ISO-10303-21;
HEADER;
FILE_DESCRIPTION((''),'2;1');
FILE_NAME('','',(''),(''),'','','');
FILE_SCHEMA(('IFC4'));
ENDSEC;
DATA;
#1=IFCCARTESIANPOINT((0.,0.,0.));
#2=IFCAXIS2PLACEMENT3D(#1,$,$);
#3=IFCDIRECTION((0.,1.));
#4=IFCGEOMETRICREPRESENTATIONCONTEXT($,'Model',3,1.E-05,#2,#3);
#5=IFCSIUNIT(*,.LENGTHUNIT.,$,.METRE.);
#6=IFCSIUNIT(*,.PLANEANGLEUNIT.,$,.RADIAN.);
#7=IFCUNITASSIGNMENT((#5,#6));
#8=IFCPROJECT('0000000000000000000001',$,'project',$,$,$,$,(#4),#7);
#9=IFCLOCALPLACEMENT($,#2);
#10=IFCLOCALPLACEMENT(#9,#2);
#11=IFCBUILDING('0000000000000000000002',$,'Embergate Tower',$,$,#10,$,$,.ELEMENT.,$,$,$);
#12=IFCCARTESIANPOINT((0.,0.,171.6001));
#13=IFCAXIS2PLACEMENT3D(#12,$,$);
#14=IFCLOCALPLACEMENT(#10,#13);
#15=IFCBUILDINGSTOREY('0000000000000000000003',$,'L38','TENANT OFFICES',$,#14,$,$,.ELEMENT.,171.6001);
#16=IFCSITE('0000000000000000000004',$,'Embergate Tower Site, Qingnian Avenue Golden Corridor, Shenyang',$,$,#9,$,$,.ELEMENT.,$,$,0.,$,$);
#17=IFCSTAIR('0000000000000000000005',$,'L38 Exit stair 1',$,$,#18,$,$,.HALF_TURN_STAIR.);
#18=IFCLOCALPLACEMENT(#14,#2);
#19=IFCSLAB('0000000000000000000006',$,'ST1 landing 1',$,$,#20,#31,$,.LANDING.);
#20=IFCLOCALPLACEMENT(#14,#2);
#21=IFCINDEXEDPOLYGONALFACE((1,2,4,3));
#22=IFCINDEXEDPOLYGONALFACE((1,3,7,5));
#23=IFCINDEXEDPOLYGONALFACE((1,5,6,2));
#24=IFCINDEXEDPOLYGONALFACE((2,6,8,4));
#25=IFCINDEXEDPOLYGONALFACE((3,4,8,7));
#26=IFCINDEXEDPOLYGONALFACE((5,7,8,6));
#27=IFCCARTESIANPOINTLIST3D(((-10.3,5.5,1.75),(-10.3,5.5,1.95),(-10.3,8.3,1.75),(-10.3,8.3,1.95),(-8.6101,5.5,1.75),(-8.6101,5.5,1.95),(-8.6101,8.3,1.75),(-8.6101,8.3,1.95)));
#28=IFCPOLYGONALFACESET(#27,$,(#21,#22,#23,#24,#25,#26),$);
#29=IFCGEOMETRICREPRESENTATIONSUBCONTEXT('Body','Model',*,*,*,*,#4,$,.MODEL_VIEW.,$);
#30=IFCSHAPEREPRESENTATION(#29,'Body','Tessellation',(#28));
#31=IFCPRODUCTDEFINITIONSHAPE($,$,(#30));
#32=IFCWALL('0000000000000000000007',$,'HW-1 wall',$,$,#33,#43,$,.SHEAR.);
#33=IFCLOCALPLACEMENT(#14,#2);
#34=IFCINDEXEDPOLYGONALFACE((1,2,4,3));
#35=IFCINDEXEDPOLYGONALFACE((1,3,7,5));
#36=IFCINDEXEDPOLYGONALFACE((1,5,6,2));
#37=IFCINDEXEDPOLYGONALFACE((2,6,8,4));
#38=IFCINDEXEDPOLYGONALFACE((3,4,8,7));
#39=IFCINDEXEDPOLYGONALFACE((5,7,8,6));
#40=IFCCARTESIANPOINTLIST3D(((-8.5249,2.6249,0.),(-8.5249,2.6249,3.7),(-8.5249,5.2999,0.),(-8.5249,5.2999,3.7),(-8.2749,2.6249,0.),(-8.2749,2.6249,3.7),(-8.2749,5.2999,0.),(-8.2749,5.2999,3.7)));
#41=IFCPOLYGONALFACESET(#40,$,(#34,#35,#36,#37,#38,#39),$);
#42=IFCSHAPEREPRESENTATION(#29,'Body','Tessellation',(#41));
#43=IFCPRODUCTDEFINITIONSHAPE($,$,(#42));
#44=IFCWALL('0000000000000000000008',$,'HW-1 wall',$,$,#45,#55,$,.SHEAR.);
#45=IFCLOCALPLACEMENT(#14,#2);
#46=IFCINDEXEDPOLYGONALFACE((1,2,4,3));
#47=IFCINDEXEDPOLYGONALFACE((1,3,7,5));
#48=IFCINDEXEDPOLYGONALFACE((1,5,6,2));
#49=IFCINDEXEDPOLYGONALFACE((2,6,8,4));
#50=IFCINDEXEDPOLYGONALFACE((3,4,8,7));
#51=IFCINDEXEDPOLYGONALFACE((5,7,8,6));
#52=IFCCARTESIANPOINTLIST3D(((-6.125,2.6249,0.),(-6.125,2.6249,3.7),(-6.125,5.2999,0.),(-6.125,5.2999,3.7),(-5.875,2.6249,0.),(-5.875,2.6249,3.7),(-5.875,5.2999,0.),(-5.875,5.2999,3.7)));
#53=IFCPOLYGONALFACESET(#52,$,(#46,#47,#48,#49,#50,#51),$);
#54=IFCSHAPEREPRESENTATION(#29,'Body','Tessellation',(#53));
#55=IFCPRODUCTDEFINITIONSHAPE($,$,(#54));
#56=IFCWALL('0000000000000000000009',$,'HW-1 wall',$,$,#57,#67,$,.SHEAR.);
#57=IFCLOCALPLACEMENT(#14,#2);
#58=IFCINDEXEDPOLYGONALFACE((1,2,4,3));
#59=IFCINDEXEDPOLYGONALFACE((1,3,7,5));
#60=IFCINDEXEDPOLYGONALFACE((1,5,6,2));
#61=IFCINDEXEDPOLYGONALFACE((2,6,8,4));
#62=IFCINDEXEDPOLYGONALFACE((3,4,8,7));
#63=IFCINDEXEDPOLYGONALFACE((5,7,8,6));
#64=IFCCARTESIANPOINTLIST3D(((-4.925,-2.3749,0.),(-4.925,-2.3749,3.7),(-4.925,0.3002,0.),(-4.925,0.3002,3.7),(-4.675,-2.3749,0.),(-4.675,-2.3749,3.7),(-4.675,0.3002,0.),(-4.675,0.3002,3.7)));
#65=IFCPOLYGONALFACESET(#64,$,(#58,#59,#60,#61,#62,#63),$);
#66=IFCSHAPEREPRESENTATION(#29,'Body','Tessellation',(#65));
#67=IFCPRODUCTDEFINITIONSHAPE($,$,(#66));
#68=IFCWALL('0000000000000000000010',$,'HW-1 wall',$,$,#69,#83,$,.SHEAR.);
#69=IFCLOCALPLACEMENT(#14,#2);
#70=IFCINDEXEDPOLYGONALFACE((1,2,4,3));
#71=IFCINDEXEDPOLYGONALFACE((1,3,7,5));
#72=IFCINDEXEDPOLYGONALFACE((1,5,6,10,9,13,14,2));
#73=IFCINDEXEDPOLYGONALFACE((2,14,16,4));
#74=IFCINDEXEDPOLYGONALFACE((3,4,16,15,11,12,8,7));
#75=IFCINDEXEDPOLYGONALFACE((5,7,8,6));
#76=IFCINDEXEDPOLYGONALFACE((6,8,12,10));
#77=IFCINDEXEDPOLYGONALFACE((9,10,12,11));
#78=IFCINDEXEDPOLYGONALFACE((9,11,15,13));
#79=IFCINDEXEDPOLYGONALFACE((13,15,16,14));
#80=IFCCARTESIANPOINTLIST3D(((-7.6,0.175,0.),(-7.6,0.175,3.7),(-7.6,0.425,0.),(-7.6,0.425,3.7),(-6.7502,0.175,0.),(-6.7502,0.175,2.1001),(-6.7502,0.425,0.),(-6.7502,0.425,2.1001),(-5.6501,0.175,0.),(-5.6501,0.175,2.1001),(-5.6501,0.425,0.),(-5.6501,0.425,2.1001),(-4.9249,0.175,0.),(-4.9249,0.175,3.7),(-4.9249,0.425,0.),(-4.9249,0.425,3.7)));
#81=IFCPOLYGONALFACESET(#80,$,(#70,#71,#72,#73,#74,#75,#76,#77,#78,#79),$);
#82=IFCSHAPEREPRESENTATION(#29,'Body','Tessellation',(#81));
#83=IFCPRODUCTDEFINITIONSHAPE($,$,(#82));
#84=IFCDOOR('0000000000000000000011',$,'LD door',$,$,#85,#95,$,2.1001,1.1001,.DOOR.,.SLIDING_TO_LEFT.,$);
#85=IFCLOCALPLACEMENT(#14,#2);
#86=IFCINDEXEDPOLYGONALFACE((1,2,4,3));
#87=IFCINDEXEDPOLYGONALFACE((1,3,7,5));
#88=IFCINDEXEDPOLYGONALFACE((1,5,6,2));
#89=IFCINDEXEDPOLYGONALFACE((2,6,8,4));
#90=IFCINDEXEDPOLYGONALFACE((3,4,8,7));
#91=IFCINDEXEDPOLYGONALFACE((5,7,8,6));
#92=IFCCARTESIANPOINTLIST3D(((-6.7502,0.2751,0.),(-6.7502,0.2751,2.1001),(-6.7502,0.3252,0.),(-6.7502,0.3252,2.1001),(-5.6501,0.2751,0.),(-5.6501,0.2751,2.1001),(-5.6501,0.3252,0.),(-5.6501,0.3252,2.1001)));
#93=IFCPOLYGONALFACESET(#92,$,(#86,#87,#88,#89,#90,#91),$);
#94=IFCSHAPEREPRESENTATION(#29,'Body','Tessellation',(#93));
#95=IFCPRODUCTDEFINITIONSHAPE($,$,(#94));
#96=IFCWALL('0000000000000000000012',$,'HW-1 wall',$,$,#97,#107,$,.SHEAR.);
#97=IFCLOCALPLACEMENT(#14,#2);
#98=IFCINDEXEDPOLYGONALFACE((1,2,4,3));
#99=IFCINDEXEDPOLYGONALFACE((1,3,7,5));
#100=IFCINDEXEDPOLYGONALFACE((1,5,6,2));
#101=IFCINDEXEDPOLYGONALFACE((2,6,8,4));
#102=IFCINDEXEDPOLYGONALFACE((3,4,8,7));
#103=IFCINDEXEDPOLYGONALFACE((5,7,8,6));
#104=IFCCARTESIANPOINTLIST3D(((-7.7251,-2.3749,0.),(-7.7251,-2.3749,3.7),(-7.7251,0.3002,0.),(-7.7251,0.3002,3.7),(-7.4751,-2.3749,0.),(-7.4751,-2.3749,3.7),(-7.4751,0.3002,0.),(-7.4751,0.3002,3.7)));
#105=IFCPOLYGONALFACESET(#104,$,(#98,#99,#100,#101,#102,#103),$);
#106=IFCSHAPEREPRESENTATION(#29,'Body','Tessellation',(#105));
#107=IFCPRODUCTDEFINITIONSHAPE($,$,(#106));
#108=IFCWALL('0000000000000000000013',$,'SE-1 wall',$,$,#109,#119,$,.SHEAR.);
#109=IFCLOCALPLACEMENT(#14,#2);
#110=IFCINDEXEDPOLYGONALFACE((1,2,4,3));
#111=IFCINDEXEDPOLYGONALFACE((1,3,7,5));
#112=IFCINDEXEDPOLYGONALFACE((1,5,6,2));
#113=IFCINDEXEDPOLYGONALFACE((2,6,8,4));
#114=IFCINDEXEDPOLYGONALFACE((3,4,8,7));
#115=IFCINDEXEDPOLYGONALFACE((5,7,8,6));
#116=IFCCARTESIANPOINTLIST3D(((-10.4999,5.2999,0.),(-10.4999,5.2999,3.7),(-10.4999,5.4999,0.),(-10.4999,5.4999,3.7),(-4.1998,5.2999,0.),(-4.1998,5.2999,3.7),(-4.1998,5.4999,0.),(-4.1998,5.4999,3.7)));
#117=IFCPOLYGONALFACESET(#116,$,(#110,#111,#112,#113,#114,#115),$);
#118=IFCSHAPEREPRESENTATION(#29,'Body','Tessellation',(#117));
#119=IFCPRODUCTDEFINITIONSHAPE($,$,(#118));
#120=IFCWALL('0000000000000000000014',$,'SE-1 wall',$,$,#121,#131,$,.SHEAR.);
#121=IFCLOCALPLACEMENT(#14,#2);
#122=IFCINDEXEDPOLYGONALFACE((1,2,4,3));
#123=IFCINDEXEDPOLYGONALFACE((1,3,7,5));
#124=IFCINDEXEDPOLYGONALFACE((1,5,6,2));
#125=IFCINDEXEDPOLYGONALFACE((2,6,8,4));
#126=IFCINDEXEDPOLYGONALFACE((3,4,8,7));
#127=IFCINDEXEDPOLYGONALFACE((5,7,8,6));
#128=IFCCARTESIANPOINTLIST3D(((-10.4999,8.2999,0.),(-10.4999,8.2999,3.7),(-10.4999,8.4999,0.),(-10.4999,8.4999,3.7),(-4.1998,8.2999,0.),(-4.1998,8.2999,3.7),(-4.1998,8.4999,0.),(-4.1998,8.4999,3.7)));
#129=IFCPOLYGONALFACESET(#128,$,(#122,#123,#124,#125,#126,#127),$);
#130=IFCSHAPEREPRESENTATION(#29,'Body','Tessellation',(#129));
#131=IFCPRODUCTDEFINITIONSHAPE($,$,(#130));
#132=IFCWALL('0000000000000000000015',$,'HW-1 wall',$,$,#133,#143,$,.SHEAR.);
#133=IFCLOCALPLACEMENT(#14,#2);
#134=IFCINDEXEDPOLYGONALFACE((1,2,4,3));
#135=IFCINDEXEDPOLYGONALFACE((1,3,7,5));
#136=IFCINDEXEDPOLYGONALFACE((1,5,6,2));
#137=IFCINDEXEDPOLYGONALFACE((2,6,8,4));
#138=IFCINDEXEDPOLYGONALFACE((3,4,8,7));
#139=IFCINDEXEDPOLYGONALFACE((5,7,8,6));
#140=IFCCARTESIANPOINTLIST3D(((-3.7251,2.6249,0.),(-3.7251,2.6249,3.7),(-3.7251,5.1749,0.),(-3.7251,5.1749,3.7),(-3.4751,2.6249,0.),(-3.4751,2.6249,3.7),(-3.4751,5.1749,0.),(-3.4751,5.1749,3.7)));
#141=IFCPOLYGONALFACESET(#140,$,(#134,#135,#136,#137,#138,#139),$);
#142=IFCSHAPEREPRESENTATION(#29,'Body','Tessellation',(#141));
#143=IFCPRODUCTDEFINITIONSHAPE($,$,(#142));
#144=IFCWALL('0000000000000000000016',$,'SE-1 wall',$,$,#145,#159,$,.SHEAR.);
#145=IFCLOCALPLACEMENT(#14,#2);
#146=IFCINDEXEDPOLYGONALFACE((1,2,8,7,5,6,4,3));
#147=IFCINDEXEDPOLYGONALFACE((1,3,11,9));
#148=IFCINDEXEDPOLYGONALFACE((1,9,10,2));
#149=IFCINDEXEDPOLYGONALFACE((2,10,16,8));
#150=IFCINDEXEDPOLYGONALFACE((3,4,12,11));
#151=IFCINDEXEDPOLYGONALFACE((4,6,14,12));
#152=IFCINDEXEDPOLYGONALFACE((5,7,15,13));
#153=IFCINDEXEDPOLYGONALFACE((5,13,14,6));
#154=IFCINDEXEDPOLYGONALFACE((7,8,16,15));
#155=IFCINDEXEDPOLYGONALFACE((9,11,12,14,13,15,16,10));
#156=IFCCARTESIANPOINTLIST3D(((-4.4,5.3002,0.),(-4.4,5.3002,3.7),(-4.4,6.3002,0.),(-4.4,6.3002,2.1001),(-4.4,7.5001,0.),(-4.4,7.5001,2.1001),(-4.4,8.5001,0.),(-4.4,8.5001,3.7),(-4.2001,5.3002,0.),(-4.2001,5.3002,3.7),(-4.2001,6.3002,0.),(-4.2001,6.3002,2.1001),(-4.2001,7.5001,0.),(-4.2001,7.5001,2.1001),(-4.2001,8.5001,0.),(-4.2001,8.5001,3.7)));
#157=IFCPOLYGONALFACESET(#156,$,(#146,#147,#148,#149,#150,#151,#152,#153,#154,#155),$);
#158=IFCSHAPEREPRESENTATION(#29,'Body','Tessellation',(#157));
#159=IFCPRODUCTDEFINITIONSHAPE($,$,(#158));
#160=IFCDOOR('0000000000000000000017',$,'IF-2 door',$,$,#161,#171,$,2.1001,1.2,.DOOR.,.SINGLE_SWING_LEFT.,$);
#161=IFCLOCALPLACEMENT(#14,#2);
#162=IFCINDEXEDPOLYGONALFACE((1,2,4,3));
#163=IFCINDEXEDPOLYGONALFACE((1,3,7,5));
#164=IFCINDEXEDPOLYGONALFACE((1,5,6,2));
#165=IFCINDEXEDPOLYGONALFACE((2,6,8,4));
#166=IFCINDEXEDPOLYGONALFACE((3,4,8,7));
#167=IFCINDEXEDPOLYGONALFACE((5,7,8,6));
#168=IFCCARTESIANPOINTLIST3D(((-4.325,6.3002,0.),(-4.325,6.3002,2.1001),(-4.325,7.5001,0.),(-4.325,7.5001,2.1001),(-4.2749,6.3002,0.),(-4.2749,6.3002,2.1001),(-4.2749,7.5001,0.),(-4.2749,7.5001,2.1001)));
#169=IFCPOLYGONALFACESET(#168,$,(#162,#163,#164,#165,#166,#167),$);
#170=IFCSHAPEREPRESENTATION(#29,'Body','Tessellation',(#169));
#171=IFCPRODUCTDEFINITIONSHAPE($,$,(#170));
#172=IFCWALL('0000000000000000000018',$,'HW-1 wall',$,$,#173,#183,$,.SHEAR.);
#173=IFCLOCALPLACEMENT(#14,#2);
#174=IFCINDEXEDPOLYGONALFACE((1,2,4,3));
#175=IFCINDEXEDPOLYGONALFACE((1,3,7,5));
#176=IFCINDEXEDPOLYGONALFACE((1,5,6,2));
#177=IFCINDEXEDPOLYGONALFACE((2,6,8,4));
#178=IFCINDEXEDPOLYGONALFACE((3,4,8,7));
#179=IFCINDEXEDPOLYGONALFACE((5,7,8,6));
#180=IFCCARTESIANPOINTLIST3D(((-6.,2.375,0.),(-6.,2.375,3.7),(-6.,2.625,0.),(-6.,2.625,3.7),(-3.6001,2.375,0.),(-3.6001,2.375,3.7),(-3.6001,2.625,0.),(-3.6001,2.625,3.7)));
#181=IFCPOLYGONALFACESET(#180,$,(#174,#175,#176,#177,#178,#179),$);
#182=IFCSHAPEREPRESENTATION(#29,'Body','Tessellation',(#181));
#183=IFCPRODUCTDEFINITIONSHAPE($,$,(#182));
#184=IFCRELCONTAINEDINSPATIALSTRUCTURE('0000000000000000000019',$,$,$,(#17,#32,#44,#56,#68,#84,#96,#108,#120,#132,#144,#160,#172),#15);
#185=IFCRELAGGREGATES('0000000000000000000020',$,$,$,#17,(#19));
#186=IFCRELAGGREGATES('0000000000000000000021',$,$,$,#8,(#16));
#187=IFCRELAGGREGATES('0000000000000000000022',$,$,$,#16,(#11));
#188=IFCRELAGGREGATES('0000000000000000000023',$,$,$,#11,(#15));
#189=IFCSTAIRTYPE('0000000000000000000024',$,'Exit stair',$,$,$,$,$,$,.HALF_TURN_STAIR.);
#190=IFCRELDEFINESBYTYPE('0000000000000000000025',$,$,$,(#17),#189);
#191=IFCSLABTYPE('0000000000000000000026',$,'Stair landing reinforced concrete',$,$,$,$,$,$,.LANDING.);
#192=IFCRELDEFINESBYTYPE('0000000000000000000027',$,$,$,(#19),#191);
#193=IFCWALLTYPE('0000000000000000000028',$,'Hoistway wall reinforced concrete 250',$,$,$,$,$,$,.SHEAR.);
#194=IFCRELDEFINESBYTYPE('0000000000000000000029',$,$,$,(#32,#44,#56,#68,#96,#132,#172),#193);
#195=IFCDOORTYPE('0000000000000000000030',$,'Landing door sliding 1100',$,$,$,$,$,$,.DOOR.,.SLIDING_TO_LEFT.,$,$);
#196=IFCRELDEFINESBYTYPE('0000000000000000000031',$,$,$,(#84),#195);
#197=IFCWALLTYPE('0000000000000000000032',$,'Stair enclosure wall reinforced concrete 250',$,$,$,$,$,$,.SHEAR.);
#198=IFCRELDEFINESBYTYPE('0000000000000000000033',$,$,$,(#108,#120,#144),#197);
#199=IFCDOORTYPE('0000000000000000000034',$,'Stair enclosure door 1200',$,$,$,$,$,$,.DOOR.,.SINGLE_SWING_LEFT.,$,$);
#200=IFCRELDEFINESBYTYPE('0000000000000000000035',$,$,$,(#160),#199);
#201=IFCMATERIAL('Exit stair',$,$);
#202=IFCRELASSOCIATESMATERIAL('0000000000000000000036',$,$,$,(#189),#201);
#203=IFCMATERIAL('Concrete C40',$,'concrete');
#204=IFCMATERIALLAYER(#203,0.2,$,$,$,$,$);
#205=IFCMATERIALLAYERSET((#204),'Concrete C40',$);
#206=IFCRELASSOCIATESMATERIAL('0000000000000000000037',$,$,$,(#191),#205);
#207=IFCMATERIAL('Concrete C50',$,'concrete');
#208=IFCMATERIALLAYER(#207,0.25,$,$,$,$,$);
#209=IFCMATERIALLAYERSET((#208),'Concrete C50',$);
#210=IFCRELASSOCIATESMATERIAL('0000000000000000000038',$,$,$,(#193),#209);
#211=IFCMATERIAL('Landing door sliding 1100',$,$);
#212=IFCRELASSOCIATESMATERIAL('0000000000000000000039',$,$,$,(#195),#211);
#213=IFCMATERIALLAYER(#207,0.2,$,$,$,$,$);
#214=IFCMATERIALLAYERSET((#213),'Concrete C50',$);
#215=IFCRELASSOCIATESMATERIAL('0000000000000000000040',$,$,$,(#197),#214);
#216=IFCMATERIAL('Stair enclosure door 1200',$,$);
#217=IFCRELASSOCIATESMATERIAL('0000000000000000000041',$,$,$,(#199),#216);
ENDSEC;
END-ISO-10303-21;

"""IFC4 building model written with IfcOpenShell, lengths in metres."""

from ifc_helpers import new_model, si_unit, direction, frame, frame_2d, origin, place, context, subcontext, project, spatial, polyline, rectangle, outline, extrude, source, transform, mapped, material, layer, layer_set, type_object, element, fill, aggregate, save


model = new_model("IFC4")

# Units and contexts
model_context = context("Model", 3, precision=1e-05, world=origin(), true_north=direction((0.0, 1.0)))
body_context = subcontext(model_context, "Body", "Model", "MODEL_VIEW")
ifc_project = project(units=[si_unit("LENGTHUNIT", "METRE"), si_unit("PLANEANGLEUNIT", "RADIAN")], contexts=[model_context])

# Site, building, storey
site_placement = place(None, origin())
site = spatial("IfcSite", under=ifc_project, at=site_placement, Name="Embergate Tower Site, Qingnian Avenue Golden Corridor, Shenyang", CompositionType="ELEMENT", RefElevation=0.0)
building_placement = place(site_placement, origin())
building = spatial("IfcBuilding", under=site, at=building_placement, Name="Embergate Tower", CompositionType="ELEMENT")
storey_placement = place(building_placement, frame((0.0, 0.0, 171.6001)))
storey = spatial("IfcBuildingStorey", under=building, at=storey_placement, Name="L38", Description="TENANT OFFICES", CompositionType="ELEMENT", Elevation=171.6001)

# Stair, slab
ifc_material_1 = material(Name="Exit stair")
stair_type = type_object("IfcStairType", Name="Exit stair", PredefinedType="HALF_TURN_STAIR", material=ifc_material_1)
stair_placement = place(storey_placement, origin())
stair = element("IfcStair", 1, at=stair_placement, inside=storey, type_object=stair_type, Name="L38 Exit stair 1", PredefinedType="HALF_TURN_STAIR")
ifc_material_2 = material(Name="Concrete C40", Category="concrete")
ifc_layer_1 = layer(ifc_material_2, 0.2)
ifc_layer_set_1 = layer_set([ifc_layer_1], Name="Concrete C40")
slab_type = type_object("IfcSlabType", Name="Stair landing reinforced concrete", PredefinedType="LANDING", material=ifc_layer_set_1)
shared_shape_1 = source(origin(), body_context, "Body", "SweptSolid", [
    extrude(outline(polyline([(0.0, 0.0), (1.6899, 0.0), (1.6899, 2.8), (0.0, 2.8), (0.0, 0.0)])), origin(), (0.0, 0.0, 1.0), 0.2),
])
slab_placement = place(storey_placement, frame((-10.3, 5.5, 1.75)))
slab = element("IfcSlab", 2, at=slab_placement, type_object=slab_type, Name="ST1 landing 1", PredefinedType="LANDING", context=body_context, shape_type="MappedRepresentation", body=[
    mapped(shared_shape_1, transform((0.0, 0.0, 0.0))),
])

# Walls
ifc_material_3 = material(Name="Concrete C50", Category="concrete")
ifc_layer_2 = layer(ifc_material_3, 0.25)
ifc_layer_set_2 = layer_set([ifc_layer_2], Name="Concrete C50")
wall_type_1 = type_object("IfcWallType", Name="Hoistway wall reinforced concrete 250", PredefinedType="SHEAR", material=ifc_layer_set_2)
shared_shape_2 = source(origin(), body_context, "Body", "SweptSolid", [
    extrude(rectangle(XDim=2.675, YDim=0.25, at=frame_2d((1.3374, 0.0))), origin(), (0.0, 0.0, 1.0), 3.7),
])
for number, where, z_axis, x_axis, name in (
    (3, (-8.3999, 2.625, 0.0), (0.0, 0.0, 1.0), (0.0, 1.0, 0.0), "HW-1 wall"),
    (4, (-6.0, 2.625, 0.0), (0.0, 0.0, 1.0), (0.0, 1.0, 0.0), "HW-1 wall"),
    (5, (-4.8, 0.3, 0.0), (0.0, 0.0, 1.0), (0.0, -1.0, 0.0), "HW-1 wall"),
):
    element("IfcWall", number, at=place(storey_placement, frame(where, z_axis=z_axis, x_axis=x_axis)), inside=storey, type_object=wall_type_1, Name=name, PredefinedType="SHEAR", context=body_context, shape_type="MappedRepresentation", body=[
        mapped(shared_shape_2, transform((0.0, 0.0, 0.0))),
    ])

# Wall, opening, door
wall_1_placement = place(storey_placement, frame((-4.925, 0.3, 0.0), z_axis=(0.0, 0.0, 1.0), x_axis=(-1.0, 0.0, 0.0)))
wall_1 = element("IfcWall", 6, at=wall_1_placement, inside=storey, type_object=wall_type_1, Name="HW-1 wall", PredefinedType="SHEAR", context=body_context, shape_type="MappedRepresentation", body=[
    mapped(shared_shape_2, transform((0.0, 0.0, 0.0))),
])
shared_shape_3 = source(origin(), body_context, "Body", "SweptSolid", [
    extrude(rectangle(XDim=1.1001, YDim=2.1001, at=frame_2d((0.55, 1.05))), frame((0.0, 0.135, 0.0), z_axis=(0.0, -1.0, 0.0), x_axis=(1.0, 0.0, 0.0)), (0.0, 0.0, 1.0), 0.27),
])
opening_1_placement = place(wall_1_placement, frame((0.7251, 0.0, 0.0)))
opening_1 = element("IfcOpeningElement", 7, at=opening_1_placement, cuts=wall_1, PredefinedType="OPENING", context=body_context, shape_type="MappedRepresentation", body=[
    mapped(shared_shape_3, transform((0.0, 0.0, 0.0))),
])
ifc_material_4 = material(Name="Landing door sliding 1100")
door_type_1 = type_object("IfcDoorType", Name="Landing door sliding 1100", OperationType="SLIDING_TO_LEFT", PredefinedType="DOOR", material=ifc_material_4)
shared_shape_4 = source(origin(), body_context, "Body", "SweptSolid", [
    extrude(rectangle(XDim=1.1001, YDim=2.1001, at=frame_2d((0.55, 1.05))), frame((0.0, 0.0249, 0.0), z_axis=(0.0, -1.0, 0.0), x_axis=(1.0, 0.0, 0.0)), (0.0, 0.0, 1.0), 0.05),
])
door_1_placement = place(opening_1_placement, origin())
door_1 = element("IfcDoor", 8, at=door_1_placement, inside=storey, type_object=door_type_1, Name="LD door", OperationType="SLIDING_TO_LEFT", OverallHeight=2.1001, OverallWidth=1.1001, PredefinedType="DOOR", context=body_context, shape_type="MappedRepresentation", body=[
    mapped(shared_shape_4, transform((0.0, 0.0, 0.0))),
])
fill(opening_1, door_1)

# Walls
wall_2_placement = place(storey_placement, frame((-7.6001, 0.3, 0.0), z_axis=(0.0, 0.0, 1.0), x_axis=(0.0, -1.0, 0.0)))
element("IfcWall", 9, at=wall_2_placement, inside=storey, type_object=wall_type_1, Name="HW-1 wall", PredefinedType="SHEAR", context=body_context, shape_type="MappedRepresentation", body=[
    mapped(shared_shape_2, transform((0.0, 0.0, 0.0))),
])
ifc_layer_3 = layer(ifc_material_3, 0.2)
ifc_layer_set_3 = layer_set([ifc_layer_3], Name="Concrete C50")
wall_type_2 = type_object("IfcWallType", Name="Stair enclosure wall reinforced concrete 250", PredefinedType="SHEAR", material=ifc_layer_set_3)
shared_shape_5 = source(origin(), body_context, "Body", "SweptSolid", [
    extrude(rectangle(XDim=6.3, YDim=0.2, at=frame_2d((3.1499, 0.0))), origin(), (0.0, 0.0, 1.0), 3.7),
])
for number, where, z_axis, x_axis, name in (
    (10, (-4.2, 5.3999, 0.0), (0.0, 0.0, 1.0), (-1.0, 0.0, 0.0), "SE-1 wall"),
    (11, (-4.2, 8.3999, 0.0), (0.0, 0.0, 1.0), (-1.0, 0.0, 0.0), "SE-1 wall"),
):
    element("IfcWall", number, at=place(storey_placement, frame(where, z_axis=z_axis, x_axis=x_axis)), inside=storey, type_object=wall_type_2, Name=name, PredefinedType="SHEAR", context=body_context, shape_type="MappedRepresentation", body=[
        mapped(shared_shape_5, transform((0.0, 0.0, 0.0))),
    ])
shared_shape_6 = source(origin(), body_context, "Body", "SweptSolid", [
    extrude(rectangle(XDim=2.55, YDim=0.25, at=frame_2d((1.2749, 0.0))), origin(), (0.0, 0.0, 1.0), 3.7),
])
wall_3_placement = place(storey_placement, frame((-3.6001, 2.625, 0.0), z_axis=(0.0, 0.0, 1.0), x_axis=(0.0, 1.0, 0.0)))
element("IfcWall", 12, at=wall_3_placement, inside=storey, type_object=wall_type_1, Name="HW-1 wall", PredefinedType="SHEAR", context=body_context, shape_type="MappedRepresentation", body=[
    mapped(shared_shape_6, transform((0.0, 0.0, 0.0))),
])

# Wall, opening, door
shared_shape_7 = source(origin(), body_context, "Body", "SweptSolid", [
    extrude(rectangle(XDim=3.2, YDim=0.2, at=frame_2d((1.6001, 0.0))), origin(), (0.0, 0.0, 1.0), 3.7),
])
wall_4_placement = place(storey_placement, frame((-4.3, 5.3, 0.0), z_axis=(0.0, 0.0, 1.0), x_axis=(0.0, 1.0, 0.0)))
wall_4 = element("IfcWall", 13, at=wall_4_placement, inside=storey, type_object=wall_type_2, Name="SE-1 wall", PredefinedType="SHEAR", context=body_context, shape_type="MappedRepresentation", body=[
    mapped(shared_shape_7, transform((0.0, 0.0, 0.0))),
])
shared_shape_8 = source(origin(), body_context, "Body", "SweptSolid", [
    extrude(rectangle(XDim=1.2, YDim=2.1001, at=frame_2d((0.6001, 1.05))), frame((0.0, 0.1099, 0.0), z_axis=(0.0, -1.0, 0.0), x_axis=(1.0, 0.0, 0.0)), (0.0, 0.0, 1.0), 0.22),
])
opening_2_placement = place(wall_4_placement, frame((1.0, 0.0, 0.0)))
opening_2 = element("IfcOpeningElement", 14, at=opening_2_placement, cuts=wall_4, PredefinedType="OPENING", context=body_context, shape_type="MappedRepresentation", body=[
    mapped(shared_shape_8, transform((0.0, 0.0, 0.0))),
])
ifc_material_5 = material(Name="Stair enclosure door 1200")
door_type_2 = type_object("IfcDoorType", Name="Stair enclosure door 1200", OperationType="SINGLE_SWING_LEFT", PredefinedType="DOOR", material=ifc_material_5)
shared_shape_9 = source(origin(), body_context, "Body", "SweptSolid", [
    extrude(rectangle(XDim=1.2, YDim=2.1001, at=frame_2d((0.6001, 1.05))), frame((0.0, 0.0249, 0.0), z_axis=(0.0, -1.0, 0.0), x_axis=(1.0, 0.0, 0.0)), (0.0, 0.0, 1.0), 0.05),
])
door_2_placement = place(opening_2_placement, origin())
door_2 = element("IfcDoor", 15, at=door_2_placement, inside=storey, type_object=door_type_2, Name="IF-2 door", OperationType="SINGLE_SWING_LEFT", OverallHeight=2.1001, OverallWidth=1.2, PredefinedType="DOOR", context=body_context, shape_type="MappedRepresentation", body=[
    mapped(shared_shape_9, transform((0.0, 0.0, 0.0))),
])
fill(opening_2, door_2)

# Wall
shared_shape_10 = source(origin(), body_context, "Body", "SweptSolid", [
    extrude(rectangle(XDim=2.3999, YDim=0.25, at=frame_2d((1.2, 0.0))), origin(), (0.0, 0.0, 1.0), 3.7),
])
wall_5_placement = place(storey_placement, frame((-6.0, 2.5, 0.0), z_axis=(0.0, 0.0, 1.0), x_axis=(1.0, 0.0, 0.0)))
element("IfcWall", 16, at=wall_5_placement, inside=storey, type_object=wall_type_1, Name="HW-1 wall", PredefinedType="SHEAR", context=body_context, shape_type="MappedRepresentation", body=[
    mapped(shared_shape_10, transform((0.0, 0.0, 0.0))),
])

aggregate(stair, [slab])

save(model, "model.ifc")
